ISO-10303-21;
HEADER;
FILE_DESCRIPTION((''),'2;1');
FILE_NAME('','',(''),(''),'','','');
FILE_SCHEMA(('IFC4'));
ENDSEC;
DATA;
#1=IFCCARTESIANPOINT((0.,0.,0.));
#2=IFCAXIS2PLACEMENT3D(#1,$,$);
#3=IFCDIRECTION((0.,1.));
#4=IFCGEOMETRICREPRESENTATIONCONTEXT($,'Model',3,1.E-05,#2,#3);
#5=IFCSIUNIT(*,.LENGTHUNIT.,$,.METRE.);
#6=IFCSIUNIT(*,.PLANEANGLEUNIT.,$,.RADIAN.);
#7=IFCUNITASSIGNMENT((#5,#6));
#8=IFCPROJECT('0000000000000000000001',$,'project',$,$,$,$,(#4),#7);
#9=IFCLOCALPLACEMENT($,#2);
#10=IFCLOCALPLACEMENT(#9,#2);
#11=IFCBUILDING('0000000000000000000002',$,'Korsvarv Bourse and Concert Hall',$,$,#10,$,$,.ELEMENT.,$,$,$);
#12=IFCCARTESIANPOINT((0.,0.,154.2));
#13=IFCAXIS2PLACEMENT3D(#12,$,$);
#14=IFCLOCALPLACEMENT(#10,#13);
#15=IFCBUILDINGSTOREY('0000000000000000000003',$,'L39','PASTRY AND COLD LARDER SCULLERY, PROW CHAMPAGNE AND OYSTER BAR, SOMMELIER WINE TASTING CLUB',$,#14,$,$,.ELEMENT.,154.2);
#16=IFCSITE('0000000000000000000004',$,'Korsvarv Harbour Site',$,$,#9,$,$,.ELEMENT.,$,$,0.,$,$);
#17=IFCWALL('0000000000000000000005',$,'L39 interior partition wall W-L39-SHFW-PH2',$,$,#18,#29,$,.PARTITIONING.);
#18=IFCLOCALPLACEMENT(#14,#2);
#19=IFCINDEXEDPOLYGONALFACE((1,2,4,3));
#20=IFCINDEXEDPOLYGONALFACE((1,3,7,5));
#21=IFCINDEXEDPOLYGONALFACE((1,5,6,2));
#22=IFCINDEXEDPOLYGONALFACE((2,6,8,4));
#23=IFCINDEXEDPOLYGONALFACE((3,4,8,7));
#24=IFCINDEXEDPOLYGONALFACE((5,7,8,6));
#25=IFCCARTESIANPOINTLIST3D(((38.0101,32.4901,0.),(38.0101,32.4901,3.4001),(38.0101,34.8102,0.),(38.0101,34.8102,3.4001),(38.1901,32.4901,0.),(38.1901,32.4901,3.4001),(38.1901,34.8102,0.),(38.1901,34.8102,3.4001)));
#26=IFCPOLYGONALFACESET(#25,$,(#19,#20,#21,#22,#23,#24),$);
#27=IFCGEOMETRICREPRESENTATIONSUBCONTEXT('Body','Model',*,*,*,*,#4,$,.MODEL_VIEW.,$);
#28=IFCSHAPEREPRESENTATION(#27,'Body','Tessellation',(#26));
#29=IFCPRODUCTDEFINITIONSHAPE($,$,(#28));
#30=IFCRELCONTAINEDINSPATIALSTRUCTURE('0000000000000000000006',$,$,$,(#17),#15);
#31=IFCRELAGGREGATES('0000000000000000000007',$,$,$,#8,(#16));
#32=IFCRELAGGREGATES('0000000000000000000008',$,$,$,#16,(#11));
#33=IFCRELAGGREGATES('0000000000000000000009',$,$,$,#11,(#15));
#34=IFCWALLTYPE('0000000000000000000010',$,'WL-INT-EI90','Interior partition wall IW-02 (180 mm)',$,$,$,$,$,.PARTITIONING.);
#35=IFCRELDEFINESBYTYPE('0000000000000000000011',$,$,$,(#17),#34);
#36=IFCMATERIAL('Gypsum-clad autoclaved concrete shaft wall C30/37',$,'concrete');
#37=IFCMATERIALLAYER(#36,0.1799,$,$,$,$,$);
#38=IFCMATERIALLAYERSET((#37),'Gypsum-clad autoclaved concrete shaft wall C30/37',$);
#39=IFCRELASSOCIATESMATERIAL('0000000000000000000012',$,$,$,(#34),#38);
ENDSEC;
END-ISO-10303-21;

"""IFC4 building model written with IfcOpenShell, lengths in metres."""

from ifc_helpers import new_model, si_unit, direction, frame, frame_2d, origin, place, context, subcontext, project, spatial, rectangle, extrude, material, layer, layer_set, type_object, element, save


model = new_model("IFC4")

# Units and contexts
model_context = context("Model", 3, precision=1e-05, world=origin(), true_north=direction((0.0, 1.0)))
body_context = subcontext(model_context, "Body", "Model", "MODEL_VIEW")
ifc_project = project(units=[si_unit("LENGTHUNIT", "METRE"), si_unit("PLANEANGLEUNIT", "RADIAN")], contexts=[model_context])

# Site, building, storey
site_placement = place(None, origin())
site = spatial("IfcSite", under=ifc_project, at=site_placement, Name="Korsvarv Harbour Site", CompositionType="ELEMENT", RefElevation=0.0)
building_placement = place(site_placement, origin())
building = spatial("IfcBuilding", under=site, at=building_placement, Name="Korsvarv Bourse and Concert Hall", CompositionType="ELEMENT")
storey_placement = place(building_placement, frame((0.0, 0.0, 154.2)))
storey = spatial("IfcBuildingStorey", under=building, at=storey_placement, Name="L39", Description="PASTRY AND COLD LARDER SCULLERY, PROW CHAMPAGNE AND OYSTER BAR, SOMMELIER WINE TASTING CLUB", CompositionType="ELEMENT", Elevation=154.2)

# Shared definitions
ifc_material_1 = material(Name="Gypsum-clad autoclaved concrete shaft wall C30/37", Category="concrete")
ifc_layer_1 = layer(ifc_material_1, 0.1799)
ifc_layer_set_1 = layer_set([ifc_layer_1], Name="Gypsum-clad autoclaved concrete shaft wall C30/37")
wall_type_1 = type_object("IfcWallType", Name="WL-INT-EI90", Description="Interior partition wall IW-02 (180 mm)", PredefinedType="PARTITIONING", material=ifc_layer_set_1)

# Wall
wall_1_placement = place(storey_placement, frame((38.1001, 32.49, 0.0), z_axis=(0.0, 0.0, 1.0), x_axis=(0.0, 1.0, 0.0)))
element("IfcWall", 1, at=wall_1_placement, inside=storey, type_object=wall_type_1, Name="L39 interior partition wall W-L39-SHFW-PH2", PredefinedType="PARTITIONING", context=body_context, shape_type="SweptSolid", body=[
    extrude(rectangle(XDim=2.3201, YDim=0.1799, at=frame_2d((1.1602, 0.0))), origin(), (0.0, 0.0, 1.0), 3.4001),
])

save(model, "model.ifc")
